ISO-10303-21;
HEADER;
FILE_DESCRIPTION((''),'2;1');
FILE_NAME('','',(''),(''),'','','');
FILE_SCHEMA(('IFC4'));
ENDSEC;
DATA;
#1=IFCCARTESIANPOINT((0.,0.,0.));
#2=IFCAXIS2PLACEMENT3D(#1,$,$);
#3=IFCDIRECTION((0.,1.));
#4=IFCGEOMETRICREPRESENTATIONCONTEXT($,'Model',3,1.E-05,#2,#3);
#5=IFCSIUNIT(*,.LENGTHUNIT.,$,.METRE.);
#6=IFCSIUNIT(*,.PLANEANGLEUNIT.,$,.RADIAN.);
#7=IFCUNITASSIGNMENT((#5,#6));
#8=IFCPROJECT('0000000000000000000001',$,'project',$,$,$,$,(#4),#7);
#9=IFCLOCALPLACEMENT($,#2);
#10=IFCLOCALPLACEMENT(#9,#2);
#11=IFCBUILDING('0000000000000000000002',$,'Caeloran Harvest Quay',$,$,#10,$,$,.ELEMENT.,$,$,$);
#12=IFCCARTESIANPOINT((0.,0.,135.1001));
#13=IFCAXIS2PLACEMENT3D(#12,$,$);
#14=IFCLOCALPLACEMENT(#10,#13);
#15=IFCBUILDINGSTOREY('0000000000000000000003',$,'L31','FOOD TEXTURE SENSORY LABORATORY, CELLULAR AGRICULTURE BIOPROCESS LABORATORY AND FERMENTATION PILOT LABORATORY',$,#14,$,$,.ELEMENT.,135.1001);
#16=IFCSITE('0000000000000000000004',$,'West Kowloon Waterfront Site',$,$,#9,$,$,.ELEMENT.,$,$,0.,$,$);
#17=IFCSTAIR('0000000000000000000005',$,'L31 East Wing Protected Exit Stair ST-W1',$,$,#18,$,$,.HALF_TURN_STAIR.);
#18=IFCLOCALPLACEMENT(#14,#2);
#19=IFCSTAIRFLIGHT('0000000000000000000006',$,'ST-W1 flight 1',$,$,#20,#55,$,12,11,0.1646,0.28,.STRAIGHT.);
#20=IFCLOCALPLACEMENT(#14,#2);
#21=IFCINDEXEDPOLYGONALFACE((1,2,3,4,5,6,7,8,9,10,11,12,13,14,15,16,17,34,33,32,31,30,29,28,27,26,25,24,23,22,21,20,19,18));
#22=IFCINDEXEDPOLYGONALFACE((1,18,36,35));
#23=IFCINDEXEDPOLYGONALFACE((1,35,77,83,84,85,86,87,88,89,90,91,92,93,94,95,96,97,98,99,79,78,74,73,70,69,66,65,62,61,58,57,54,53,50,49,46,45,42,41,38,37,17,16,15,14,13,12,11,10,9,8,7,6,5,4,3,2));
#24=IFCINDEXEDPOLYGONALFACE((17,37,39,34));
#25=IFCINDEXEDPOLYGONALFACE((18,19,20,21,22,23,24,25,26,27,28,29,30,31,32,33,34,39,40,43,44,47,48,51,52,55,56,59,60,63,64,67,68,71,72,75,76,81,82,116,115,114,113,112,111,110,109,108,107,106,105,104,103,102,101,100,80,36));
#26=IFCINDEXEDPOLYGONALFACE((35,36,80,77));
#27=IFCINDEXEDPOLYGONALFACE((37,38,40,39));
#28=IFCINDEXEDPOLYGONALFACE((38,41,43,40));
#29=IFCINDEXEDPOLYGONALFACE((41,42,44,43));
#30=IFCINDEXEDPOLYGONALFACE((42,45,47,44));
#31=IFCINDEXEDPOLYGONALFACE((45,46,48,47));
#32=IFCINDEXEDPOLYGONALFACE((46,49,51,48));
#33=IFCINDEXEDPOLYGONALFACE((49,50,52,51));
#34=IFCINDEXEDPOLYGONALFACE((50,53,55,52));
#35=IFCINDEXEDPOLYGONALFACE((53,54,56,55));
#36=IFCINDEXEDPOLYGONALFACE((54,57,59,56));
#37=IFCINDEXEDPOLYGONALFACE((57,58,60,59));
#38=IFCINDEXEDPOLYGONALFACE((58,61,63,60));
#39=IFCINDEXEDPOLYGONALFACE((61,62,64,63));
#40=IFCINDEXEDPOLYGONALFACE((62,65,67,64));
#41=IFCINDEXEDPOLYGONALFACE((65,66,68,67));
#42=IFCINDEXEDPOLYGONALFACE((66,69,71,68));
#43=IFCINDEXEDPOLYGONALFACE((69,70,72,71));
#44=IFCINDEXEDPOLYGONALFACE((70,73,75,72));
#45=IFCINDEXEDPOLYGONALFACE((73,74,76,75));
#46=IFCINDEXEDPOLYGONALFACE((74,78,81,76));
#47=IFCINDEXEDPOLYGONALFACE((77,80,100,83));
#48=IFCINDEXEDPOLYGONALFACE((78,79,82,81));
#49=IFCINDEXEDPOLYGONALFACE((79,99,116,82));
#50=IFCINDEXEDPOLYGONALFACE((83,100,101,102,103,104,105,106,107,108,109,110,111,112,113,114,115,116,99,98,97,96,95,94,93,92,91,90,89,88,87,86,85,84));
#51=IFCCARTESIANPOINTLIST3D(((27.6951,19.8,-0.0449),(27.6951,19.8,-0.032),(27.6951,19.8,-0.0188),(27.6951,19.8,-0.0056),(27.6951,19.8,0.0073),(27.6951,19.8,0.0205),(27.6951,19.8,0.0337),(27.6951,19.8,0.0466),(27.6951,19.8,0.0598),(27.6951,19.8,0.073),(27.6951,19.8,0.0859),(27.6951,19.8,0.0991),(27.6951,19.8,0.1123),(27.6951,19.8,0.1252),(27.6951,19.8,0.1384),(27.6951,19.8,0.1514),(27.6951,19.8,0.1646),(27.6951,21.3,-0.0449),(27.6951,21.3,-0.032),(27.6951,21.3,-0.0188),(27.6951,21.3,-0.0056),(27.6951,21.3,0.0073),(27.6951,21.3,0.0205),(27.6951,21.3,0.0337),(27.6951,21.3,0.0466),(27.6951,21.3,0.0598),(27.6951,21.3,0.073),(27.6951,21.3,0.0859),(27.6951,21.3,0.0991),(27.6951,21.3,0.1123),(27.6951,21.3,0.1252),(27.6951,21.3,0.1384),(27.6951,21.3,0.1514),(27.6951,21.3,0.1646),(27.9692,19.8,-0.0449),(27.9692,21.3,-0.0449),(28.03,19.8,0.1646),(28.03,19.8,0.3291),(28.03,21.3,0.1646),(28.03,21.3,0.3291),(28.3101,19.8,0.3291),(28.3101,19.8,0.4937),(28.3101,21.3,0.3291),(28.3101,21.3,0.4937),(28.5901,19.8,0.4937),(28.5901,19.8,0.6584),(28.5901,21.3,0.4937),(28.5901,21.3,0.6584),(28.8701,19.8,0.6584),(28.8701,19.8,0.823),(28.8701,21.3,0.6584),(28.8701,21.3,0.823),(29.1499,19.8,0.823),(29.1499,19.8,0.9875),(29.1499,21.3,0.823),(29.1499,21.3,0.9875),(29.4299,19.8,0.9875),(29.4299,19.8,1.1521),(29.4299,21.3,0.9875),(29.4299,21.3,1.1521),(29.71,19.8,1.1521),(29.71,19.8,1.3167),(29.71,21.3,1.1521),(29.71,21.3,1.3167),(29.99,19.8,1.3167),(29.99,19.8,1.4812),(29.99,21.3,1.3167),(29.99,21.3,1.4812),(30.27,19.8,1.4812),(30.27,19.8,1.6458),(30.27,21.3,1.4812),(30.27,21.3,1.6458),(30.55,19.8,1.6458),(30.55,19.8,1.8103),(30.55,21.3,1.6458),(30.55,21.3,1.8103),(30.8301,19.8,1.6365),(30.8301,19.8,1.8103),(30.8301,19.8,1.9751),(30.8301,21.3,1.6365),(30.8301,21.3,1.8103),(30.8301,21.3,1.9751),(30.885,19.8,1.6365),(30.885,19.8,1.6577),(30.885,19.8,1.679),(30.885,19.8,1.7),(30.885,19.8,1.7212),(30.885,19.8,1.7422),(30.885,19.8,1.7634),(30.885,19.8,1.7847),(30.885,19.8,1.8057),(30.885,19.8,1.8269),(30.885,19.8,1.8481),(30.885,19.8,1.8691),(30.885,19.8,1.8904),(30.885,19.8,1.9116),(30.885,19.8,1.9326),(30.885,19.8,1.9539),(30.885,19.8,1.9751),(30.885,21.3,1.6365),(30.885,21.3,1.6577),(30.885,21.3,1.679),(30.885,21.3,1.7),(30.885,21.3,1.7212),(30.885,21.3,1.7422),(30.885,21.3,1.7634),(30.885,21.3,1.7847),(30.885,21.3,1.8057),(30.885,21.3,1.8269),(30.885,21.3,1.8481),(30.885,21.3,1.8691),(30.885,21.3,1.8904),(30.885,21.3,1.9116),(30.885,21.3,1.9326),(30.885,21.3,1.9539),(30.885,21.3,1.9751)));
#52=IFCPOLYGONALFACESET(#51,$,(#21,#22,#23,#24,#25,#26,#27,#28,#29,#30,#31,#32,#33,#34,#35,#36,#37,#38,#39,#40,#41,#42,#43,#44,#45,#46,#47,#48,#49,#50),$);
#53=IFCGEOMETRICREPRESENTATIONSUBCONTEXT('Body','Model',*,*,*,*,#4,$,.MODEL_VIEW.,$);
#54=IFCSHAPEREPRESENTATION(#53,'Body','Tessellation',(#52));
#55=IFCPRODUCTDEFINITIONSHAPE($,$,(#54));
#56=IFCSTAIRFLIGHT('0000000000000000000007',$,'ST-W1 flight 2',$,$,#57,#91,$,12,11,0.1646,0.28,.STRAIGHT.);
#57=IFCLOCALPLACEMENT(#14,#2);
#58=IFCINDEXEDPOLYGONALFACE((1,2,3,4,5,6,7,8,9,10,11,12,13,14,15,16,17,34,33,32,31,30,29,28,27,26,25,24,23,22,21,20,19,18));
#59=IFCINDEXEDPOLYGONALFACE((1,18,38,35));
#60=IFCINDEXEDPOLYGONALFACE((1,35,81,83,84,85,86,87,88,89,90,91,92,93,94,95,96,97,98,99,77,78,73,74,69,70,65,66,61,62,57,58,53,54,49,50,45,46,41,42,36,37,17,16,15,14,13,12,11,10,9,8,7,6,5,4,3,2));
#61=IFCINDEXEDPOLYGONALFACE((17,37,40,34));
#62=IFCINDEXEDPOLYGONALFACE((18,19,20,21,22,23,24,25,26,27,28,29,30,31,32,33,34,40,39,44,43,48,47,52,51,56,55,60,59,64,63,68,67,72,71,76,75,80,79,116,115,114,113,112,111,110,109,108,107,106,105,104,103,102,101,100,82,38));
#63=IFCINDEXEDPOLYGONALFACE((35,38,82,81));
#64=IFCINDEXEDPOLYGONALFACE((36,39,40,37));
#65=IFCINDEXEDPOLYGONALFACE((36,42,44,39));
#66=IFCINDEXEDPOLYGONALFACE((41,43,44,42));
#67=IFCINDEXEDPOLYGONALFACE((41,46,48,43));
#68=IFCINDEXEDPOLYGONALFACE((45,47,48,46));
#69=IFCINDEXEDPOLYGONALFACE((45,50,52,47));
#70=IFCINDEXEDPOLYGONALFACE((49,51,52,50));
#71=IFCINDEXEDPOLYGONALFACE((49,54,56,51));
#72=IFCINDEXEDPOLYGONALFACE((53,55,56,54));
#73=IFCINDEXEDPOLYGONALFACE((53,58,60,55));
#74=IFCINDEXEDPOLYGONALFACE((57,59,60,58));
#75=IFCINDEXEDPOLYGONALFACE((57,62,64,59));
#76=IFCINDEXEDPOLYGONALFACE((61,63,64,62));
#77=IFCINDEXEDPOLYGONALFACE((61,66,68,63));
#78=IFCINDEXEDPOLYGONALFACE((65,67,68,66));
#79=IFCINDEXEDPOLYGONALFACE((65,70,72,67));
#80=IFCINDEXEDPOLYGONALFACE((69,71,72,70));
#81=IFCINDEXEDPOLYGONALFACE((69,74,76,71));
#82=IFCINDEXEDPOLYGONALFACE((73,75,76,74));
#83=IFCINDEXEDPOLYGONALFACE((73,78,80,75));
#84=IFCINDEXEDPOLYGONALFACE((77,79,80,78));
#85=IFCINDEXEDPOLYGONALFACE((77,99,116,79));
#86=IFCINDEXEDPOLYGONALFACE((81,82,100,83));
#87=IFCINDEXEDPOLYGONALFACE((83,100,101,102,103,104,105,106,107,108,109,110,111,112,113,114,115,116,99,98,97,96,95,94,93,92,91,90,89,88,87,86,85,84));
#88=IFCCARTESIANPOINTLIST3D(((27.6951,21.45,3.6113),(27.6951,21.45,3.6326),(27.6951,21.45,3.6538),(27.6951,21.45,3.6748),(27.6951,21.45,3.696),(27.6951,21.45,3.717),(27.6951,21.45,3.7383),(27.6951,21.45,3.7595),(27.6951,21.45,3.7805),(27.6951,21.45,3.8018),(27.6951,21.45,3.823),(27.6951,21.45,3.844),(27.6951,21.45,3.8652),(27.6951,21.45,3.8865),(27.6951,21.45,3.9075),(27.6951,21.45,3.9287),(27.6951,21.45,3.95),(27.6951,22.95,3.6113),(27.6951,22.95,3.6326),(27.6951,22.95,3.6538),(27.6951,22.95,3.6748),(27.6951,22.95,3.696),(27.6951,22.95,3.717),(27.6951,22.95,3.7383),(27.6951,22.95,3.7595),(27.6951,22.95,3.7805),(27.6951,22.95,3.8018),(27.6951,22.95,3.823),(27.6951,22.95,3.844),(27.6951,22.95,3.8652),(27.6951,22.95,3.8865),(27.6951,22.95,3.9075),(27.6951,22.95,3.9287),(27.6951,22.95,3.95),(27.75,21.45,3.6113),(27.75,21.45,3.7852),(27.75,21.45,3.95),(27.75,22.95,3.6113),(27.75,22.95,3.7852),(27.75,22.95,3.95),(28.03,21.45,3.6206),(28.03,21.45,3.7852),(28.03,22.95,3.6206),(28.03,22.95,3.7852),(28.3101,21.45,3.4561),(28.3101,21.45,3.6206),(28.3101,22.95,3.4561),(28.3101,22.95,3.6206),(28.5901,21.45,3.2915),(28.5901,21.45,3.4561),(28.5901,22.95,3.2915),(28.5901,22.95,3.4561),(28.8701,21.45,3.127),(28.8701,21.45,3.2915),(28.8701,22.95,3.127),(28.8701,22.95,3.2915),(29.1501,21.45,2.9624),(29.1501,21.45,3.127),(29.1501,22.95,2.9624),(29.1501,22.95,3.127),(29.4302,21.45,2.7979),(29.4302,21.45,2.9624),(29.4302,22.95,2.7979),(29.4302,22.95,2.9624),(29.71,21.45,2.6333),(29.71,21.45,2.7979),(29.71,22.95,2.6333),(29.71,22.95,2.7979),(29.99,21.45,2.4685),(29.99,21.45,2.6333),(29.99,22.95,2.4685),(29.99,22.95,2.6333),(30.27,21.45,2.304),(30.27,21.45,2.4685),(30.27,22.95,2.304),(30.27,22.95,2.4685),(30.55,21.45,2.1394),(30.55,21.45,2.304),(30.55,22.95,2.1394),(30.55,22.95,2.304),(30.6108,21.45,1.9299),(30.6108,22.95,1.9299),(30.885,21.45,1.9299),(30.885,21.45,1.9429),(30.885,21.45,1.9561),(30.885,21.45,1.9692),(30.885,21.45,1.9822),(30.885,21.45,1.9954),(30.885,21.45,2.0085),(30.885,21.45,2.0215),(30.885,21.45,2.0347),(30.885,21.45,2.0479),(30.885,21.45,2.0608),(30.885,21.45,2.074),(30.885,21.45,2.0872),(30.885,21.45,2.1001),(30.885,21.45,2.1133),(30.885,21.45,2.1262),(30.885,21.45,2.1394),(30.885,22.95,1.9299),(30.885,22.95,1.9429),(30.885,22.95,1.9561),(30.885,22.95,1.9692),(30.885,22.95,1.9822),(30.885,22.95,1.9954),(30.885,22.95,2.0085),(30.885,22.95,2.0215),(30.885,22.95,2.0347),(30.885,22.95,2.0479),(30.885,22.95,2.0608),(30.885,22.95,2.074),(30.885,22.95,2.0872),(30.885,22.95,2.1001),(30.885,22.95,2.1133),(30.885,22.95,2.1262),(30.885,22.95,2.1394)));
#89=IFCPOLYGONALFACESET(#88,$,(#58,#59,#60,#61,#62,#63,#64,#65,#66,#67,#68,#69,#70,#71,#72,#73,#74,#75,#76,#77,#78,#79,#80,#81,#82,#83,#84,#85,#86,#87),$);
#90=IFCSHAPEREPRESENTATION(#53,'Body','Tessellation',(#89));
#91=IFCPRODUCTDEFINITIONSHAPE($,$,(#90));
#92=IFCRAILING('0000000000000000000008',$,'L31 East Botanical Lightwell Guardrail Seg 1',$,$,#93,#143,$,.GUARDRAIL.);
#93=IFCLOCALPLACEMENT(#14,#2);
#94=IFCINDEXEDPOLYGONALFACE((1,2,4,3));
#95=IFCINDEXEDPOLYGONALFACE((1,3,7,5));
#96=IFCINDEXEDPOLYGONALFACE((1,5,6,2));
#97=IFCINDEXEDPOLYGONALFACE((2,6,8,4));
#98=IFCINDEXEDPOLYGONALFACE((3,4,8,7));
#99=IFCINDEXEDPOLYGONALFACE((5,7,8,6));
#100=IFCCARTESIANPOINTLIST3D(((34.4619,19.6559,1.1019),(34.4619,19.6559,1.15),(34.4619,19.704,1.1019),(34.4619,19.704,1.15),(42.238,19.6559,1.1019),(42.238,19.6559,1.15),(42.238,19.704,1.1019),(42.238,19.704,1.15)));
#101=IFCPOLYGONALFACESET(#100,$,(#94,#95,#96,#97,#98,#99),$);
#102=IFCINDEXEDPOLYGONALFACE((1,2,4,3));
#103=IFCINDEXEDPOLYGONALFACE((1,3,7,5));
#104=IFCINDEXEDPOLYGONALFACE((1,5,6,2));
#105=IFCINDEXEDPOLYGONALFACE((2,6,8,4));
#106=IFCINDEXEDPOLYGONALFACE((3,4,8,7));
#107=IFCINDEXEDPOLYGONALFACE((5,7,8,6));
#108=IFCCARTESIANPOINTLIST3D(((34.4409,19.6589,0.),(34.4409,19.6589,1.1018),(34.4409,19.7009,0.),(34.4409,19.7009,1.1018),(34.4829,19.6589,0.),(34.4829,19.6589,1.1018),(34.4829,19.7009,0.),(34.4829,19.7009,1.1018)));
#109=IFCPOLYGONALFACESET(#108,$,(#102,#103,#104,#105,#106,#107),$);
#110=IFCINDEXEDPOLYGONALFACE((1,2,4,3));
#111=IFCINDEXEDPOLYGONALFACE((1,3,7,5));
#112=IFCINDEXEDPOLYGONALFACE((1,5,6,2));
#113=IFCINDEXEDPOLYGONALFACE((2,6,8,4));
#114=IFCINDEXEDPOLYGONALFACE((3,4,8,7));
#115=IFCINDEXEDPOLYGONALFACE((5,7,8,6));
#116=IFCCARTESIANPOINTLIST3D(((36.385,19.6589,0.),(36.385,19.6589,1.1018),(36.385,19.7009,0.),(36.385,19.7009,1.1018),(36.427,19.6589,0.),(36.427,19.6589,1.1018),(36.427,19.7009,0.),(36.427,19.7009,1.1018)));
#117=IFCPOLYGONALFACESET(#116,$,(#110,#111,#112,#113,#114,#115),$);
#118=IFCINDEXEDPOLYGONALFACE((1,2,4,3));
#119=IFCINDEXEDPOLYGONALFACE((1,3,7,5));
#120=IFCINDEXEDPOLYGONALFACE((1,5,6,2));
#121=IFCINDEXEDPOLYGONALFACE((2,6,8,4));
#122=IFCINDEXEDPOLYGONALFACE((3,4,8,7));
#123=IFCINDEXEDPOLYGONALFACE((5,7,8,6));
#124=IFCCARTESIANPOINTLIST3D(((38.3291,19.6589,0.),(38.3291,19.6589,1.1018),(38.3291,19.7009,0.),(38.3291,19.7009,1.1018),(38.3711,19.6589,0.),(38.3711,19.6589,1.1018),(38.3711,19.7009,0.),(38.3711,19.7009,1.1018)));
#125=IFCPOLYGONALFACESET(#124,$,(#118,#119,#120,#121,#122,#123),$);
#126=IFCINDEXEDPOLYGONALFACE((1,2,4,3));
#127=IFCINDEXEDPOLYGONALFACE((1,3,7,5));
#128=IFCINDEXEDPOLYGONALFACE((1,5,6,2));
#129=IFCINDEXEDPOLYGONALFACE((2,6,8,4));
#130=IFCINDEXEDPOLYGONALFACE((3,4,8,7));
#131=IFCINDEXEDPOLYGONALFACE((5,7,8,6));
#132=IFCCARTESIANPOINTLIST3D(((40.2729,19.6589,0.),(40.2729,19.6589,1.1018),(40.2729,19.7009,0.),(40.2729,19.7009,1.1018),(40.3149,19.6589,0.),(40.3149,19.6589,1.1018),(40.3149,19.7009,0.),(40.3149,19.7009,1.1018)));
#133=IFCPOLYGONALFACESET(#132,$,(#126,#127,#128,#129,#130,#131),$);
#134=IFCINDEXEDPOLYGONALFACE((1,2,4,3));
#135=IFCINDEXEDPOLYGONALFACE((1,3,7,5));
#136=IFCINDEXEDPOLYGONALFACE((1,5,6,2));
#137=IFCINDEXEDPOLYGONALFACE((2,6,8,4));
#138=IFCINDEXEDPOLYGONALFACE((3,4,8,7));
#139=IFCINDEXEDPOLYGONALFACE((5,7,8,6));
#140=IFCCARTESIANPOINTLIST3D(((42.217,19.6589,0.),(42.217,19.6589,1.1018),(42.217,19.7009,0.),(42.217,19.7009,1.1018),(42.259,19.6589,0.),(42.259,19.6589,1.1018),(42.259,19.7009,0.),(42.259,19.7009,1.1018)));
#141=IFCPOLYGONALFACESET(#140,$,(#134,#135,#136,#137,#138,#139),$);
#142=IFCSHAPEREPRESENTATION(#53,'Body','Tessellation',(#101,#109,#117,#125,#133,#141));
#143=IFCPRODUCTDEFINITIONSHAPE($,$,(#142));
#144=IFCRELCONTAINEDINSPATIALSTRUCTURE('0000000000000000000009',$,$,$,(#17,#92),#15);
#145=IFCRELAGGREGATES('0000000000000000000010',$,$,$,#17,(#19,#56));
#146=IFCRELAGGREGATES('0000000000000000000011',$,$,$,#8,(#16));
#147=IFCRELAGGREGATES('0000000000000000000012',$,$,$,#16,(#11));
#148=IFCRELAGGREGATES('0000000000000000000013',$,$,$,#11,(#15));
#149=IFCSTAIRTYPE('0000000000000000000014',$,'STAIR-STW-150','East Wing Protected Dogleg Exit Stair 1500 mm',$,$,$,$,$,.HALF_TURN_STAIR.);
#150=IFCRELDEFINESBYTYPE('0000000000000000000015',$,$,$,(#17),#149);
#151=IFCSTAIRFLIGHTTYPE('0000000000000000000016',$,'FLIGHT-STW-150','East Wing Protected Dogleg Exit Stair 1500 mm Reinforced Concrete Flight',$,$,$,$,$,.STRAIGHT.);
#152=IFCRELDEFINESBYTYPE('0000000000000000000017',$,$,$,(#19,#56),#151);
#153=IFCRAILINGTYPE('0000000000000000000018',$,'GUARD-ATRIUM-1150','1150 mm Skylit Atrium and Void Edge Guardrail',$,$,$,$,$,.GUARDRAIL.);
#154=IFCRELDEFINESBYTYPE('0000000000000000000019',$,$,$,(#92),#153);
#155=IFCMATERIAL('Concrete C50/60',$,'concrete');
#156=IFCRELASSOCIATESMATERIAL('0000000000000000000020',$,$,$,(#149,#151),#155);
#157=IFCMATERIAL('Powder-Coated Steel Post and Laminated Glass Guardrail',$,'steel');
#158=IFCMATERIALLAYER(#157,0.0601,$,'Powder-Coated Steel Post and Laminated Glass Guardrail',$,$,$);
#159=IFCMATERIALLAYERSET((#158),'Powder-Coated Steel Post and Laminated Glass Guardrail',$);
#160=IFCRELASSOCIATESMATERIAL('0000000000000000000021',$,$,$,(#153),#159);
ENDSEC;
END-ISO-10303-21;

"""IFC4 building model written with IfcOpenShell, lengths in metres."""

from ifc_helpers import new_model, si_unit, direction, frame, origin, origin_2d, place, context, subcontext, project, spatial, polyline, rectangle, outline, extrude, material, layer, layer_set, type_object, element, aggregate, save


model = new_model("IFC4")

# Units and contexts
model_context = context("Model", 3, precision=1e-05, world=origin(), true_north=direction((0.0, 1.0)))
body_context = subcontext(model_context, "Body", "Model", "MODEL_VIEW")
ifc_project = project(units=[si_unit("LENGTHUNIT", "METRE"), si_unit("PLANEANGLEUNIT", "RADIAN")], contexts=[model_context])

# Site, building, storey
site_placement = place(None, origin())
site = spatial("IfcSite", under=ifc_project, at=site_placement, Name="West Kowloon Waterfront Site", CompositionType="ELEMENT", RefElevation=0.0)
building_placement = place(site_placement, origin())
building = spatial("IfcBuilding", under=site, at=building_placement, Name="Caeloran Harvest Quay", CompositionType="ELEMENT")
storey_placement = place(building_placement, frame((0.0, 0.0, 135.1001)))
storey = spatial("IfcBuildingStorey", under=building, at=storey_placement, Name="L31", Description="FOOD TEXTURE SENSORY LABORATORY, CELLULAR AGRICULTURE BIOPROCESS LABORATORY AND FERMENTATION PILOT LABORATORY", CompositionType="ELEMENT", Elevation=135.1001)

# Stair, stair flights
ifc_material_1 = material(Name="Concrete C50/60", Category="concrete")
stair_type = type_object("IfcStairType", Name="STAIR-STW-150", Description="East Wing Protected Dogleg Exit Stair 1500 mm", PredefinedType="HALF_TURN_STAIR", material=ifc_material_1)
stair_placement = place(storey_placement, origin())
stair = element("IfcStair", 1, at=stair_placement, inside=storey, type_object=stair_type, Name="L31 East Wing Protected Exit Stair ST-W1", PredefinedType="HALF_TURN_STAIR")
stair_flight_type = type_object("IfcStairFlightType", Name="FLIGHT-STW-150", Description="East Wing Protected Dogleg Exit Stair 1500 mm Reinforced Concrete Flight", PredefinedType="STRAIGHT", material=ifc_material_1)
stair_flight_1_placement = place(storey_placement, frame((27.75, 20.55, 0.0), z_axis=(0.0, 0.0, 1.0), x_axis=(1.0, 0.0, 0.0)))
stair_flight_1 = element("IfcStairFlight", 2, at=stair_flight_1_placement, type_object=stair_flight_type, Name="ST-W1 flight 1", NumberOfRisers=12, NumberOfTreads=11, PredefinedType="STRAIGHT", RiserHeight=0.1646, TreadLength=0.28, context=body_context, shape_type="SweptSolid", body=[
    extrude(outline(polyline([(-0.0549, -0.0449), (-0.0549, -0.032), (-0.0549, -0.0188), (-0.0549, -0.0056), (-0.0549, 0.0073), (-0.0549, 0.0205), (-0.0549, 0.0337), (-0.0549, 0.0466), (-0.0549, 0.0598), (-0.0549, 0.073), (-0.0549, 0.0859), (-0.0549, 0.0991), (-0.0549, 0.1123), (-0.0549, 0.1252), (-0.0549, 0.1384), (-0.0549, 0.1514), (-0.0549, 0.1646), (0.28, 0.1646), (0.28, 0.3291), (0.5601, 0.3291), (0.5601, 0.4937), (0.8401, 0.4937), (0.8401, 0.6584), (1.1201, 0.6584), (1.1201, 0.823), (1.3999, 0.823), (1.3999, 0.9875), (1.6799, 0.9875), (1.6799, 1.1521), (1.96, 1.1521), (1.96, 1.3167), (2.24, 1.3167), (2.24, 1.4812), (2.52, 1.4812), (2.52, 1.6458), (2.8, 1.6458), (2.8, 1.8103), (3.0801, 1.8103), (3.0801, 1.9751), (3.135, 1.9751), (3.135, 1.9539), (3.135, 1.9326), (3.135, 1.9116), (3.135, 1.8904), (3.135, 1.8691), (3.135, 1.8481), (3.135, 1.8269), (3.135, 1.8057), (3.135, 1.7847), (3.135, 1.7634), (3.135, 1.7422), (3.135, 1.7212), (3.135, 1.7), (3.135, 1.679), (3.135, 1.6577), (3.135, 1.6365), (3.0801, 1.6365), (0.2192, -0.0449), (-0.0549, -0.0449)])), frame((0.0, 0.75, 0.0), z_axis=(0.0, -1.0, 0.0), x_axis=(1.0, 0.0, 0.0)), (0.0, 0.0, 1.0), 1.5),
])
stair_flight_2_placement = place(storey_placement, frame((30.8301, 22.2, 1.9749), z_axis=(0.0, 0.0, 1.0), x_axis=(-1.0, 0.0, 0.0)))
stair_flight_2 = element("IfcStairFlight", 3, at=stair_flight_2_placement, type_object=stair_flight_type, Name="ST-W1 flight 2", NumberOfRisers=12, NumberOfTreads=11, PredefinedType="STRAIGHT", RiserHeight=0.1646, TreadLength=0.28, context=body_context, shape_type="SweptSolid", body=[
    extrude(outline(polyline([(-0.0549, -0.0449), (-0.0549, -0.032), (-0.0549, -0.0188), (-0.0549, -0.0056), (-0.0549, 0.0073), (-0.0549, 0.0205), (-0.0549, 0.0337), (-0.0549, 0.0466), (-0.0549, 0.0598), (-0.0549, 0.073), (-0.0549, 0.0859), (-0.0549, 0.0991), (-0.0549, 0.1123), (-0.0549, 0.1252), (-0.0549, 0.1384), (-0.0549, 0.1514), (-0.0549, 0.1646), (0.28, 0.1646), (0.28, 0.3291), (0.5601, 0.3291), (0.5601, 0.4937), (0.8401, 0.4937), (0.8401, 0.6584), (1.1201, 0.6584), (1.1201, 0.823), (1.3999, 0.823), (1.3999, 0.9875), (1.6799, 0.9875), (1.6799, 1.1521), (1.96, 1.1521), (1.96, 1.3167), (2.24, 1.3167), (2.24, 1.4812), (2.52, 1.4812), (2.52, 1.6458), (2.8, 1.6458), (2.8, 1.8103), (3.0801, 1.8103), (3.0801, 1.9751), (3.135, 1.9751), (3.135, 1.9539), (3.135, 1.9326), (3.135, 1.9116), (3.135, 1.8904), (3.135, 1.8691), (3.135, 1.8481), (3.135, 1.8269), (3.135, 1.8057), (3.135, 1.7847), (3.135, 1.7634), (3.135, 1.7422), (3.135, 1.7212), (3.135, 1.7), (3.135, 1.679), (3.135, 1.6577), (3.135, 1.6365), (3.0801, 1.6365), (0.2192, -0.0449), (-0.0549, -0.0449)])), frame((0.0, 0.75, 0.0), z_axis=(0.0, -1.0, 0.0), x_axis=(1.0, 0.0, 0.0)), (0.0, 0.0, 1.0), 1.5),
])
aggregate(stair, [stair_flight_1, stair_flight_2])

# Railing
ifc_material_2 = material(Name="Powder-Coated Steel Post and Laminated Glass Guardrail", Category="steel")
ifc_layer_1 = layer(ifc_material_2, 0.0601, Name="Powder-Coated Steel Post and Laminated Glass Guardrail")
ifc_layer_set_1 = layer_set([ifc_layer_1], Name="Powder-Coated Steel Post and Laminated Glass Guardrail")
railing_type_1 = type_object("IfcRailingType", Name="GUARD-ATRIUM-1150", Description="1150 mm Skylit Atrium and Void Edge Guardrail", PredefinedType="GUARDRAIL", material=ifc_layer_set_1)
railing_1_placement = place(storey_placement, frame((34.4619, 19.6799, 0.0)))
element("IfcRailing", 4, at=railing_1_placement, inside=storey, type_object=railing_type_1, Name="L31 East Botanical Lightwell Guardrail Seg 1", PredefinedType="GUARDRAIL", context=body_context, shape_type="SweptSolid", body=[
    extrude(rectangle(XDim=0.0481, YDim=0.0481, at=origin_2d()), frame((0.0, 0.0, 1.126), z_axis=(1.0, 0.0, 0.0), x_axis=(0.0, 1.0, 0.0)), (0.0, 0.0, 1.0), 7.7761),
    extrude(rectangle(XDim=0.042, YDim=0.042, at=origin_2d()), origin(), (0.0, 0.0, 1.0), 1.1018),
    extrude(rectangle(XDim=0.042, YDim=0.042, at=origin_2d()), frame((1.9441, 0.0, 0.0)), (0.0, 0.0, 1.0), 1.1018),
    extrude(rectangle(XDim=0.042, YDim=0.042, at=origin_2d()), frame((3.8882, 0.0, 0.0)), (0.0, 0.0, 1.0), 1.1018),
    extrude(rectangle(XDim=0.042, YDim=0.042, at=origin_2d()), frame((5.832, 0.0, 0.0)), (0.0, 0.0, 1.0), 1.1018),
    extrude(rectangle(XDim=0.042, YDim=0.042, at=origin_2d()), frame((7.7761, 0.0, 0.0)), (0.0, 0.0, 1.0), 1.1018),
])

save(model, "model.ifc")
